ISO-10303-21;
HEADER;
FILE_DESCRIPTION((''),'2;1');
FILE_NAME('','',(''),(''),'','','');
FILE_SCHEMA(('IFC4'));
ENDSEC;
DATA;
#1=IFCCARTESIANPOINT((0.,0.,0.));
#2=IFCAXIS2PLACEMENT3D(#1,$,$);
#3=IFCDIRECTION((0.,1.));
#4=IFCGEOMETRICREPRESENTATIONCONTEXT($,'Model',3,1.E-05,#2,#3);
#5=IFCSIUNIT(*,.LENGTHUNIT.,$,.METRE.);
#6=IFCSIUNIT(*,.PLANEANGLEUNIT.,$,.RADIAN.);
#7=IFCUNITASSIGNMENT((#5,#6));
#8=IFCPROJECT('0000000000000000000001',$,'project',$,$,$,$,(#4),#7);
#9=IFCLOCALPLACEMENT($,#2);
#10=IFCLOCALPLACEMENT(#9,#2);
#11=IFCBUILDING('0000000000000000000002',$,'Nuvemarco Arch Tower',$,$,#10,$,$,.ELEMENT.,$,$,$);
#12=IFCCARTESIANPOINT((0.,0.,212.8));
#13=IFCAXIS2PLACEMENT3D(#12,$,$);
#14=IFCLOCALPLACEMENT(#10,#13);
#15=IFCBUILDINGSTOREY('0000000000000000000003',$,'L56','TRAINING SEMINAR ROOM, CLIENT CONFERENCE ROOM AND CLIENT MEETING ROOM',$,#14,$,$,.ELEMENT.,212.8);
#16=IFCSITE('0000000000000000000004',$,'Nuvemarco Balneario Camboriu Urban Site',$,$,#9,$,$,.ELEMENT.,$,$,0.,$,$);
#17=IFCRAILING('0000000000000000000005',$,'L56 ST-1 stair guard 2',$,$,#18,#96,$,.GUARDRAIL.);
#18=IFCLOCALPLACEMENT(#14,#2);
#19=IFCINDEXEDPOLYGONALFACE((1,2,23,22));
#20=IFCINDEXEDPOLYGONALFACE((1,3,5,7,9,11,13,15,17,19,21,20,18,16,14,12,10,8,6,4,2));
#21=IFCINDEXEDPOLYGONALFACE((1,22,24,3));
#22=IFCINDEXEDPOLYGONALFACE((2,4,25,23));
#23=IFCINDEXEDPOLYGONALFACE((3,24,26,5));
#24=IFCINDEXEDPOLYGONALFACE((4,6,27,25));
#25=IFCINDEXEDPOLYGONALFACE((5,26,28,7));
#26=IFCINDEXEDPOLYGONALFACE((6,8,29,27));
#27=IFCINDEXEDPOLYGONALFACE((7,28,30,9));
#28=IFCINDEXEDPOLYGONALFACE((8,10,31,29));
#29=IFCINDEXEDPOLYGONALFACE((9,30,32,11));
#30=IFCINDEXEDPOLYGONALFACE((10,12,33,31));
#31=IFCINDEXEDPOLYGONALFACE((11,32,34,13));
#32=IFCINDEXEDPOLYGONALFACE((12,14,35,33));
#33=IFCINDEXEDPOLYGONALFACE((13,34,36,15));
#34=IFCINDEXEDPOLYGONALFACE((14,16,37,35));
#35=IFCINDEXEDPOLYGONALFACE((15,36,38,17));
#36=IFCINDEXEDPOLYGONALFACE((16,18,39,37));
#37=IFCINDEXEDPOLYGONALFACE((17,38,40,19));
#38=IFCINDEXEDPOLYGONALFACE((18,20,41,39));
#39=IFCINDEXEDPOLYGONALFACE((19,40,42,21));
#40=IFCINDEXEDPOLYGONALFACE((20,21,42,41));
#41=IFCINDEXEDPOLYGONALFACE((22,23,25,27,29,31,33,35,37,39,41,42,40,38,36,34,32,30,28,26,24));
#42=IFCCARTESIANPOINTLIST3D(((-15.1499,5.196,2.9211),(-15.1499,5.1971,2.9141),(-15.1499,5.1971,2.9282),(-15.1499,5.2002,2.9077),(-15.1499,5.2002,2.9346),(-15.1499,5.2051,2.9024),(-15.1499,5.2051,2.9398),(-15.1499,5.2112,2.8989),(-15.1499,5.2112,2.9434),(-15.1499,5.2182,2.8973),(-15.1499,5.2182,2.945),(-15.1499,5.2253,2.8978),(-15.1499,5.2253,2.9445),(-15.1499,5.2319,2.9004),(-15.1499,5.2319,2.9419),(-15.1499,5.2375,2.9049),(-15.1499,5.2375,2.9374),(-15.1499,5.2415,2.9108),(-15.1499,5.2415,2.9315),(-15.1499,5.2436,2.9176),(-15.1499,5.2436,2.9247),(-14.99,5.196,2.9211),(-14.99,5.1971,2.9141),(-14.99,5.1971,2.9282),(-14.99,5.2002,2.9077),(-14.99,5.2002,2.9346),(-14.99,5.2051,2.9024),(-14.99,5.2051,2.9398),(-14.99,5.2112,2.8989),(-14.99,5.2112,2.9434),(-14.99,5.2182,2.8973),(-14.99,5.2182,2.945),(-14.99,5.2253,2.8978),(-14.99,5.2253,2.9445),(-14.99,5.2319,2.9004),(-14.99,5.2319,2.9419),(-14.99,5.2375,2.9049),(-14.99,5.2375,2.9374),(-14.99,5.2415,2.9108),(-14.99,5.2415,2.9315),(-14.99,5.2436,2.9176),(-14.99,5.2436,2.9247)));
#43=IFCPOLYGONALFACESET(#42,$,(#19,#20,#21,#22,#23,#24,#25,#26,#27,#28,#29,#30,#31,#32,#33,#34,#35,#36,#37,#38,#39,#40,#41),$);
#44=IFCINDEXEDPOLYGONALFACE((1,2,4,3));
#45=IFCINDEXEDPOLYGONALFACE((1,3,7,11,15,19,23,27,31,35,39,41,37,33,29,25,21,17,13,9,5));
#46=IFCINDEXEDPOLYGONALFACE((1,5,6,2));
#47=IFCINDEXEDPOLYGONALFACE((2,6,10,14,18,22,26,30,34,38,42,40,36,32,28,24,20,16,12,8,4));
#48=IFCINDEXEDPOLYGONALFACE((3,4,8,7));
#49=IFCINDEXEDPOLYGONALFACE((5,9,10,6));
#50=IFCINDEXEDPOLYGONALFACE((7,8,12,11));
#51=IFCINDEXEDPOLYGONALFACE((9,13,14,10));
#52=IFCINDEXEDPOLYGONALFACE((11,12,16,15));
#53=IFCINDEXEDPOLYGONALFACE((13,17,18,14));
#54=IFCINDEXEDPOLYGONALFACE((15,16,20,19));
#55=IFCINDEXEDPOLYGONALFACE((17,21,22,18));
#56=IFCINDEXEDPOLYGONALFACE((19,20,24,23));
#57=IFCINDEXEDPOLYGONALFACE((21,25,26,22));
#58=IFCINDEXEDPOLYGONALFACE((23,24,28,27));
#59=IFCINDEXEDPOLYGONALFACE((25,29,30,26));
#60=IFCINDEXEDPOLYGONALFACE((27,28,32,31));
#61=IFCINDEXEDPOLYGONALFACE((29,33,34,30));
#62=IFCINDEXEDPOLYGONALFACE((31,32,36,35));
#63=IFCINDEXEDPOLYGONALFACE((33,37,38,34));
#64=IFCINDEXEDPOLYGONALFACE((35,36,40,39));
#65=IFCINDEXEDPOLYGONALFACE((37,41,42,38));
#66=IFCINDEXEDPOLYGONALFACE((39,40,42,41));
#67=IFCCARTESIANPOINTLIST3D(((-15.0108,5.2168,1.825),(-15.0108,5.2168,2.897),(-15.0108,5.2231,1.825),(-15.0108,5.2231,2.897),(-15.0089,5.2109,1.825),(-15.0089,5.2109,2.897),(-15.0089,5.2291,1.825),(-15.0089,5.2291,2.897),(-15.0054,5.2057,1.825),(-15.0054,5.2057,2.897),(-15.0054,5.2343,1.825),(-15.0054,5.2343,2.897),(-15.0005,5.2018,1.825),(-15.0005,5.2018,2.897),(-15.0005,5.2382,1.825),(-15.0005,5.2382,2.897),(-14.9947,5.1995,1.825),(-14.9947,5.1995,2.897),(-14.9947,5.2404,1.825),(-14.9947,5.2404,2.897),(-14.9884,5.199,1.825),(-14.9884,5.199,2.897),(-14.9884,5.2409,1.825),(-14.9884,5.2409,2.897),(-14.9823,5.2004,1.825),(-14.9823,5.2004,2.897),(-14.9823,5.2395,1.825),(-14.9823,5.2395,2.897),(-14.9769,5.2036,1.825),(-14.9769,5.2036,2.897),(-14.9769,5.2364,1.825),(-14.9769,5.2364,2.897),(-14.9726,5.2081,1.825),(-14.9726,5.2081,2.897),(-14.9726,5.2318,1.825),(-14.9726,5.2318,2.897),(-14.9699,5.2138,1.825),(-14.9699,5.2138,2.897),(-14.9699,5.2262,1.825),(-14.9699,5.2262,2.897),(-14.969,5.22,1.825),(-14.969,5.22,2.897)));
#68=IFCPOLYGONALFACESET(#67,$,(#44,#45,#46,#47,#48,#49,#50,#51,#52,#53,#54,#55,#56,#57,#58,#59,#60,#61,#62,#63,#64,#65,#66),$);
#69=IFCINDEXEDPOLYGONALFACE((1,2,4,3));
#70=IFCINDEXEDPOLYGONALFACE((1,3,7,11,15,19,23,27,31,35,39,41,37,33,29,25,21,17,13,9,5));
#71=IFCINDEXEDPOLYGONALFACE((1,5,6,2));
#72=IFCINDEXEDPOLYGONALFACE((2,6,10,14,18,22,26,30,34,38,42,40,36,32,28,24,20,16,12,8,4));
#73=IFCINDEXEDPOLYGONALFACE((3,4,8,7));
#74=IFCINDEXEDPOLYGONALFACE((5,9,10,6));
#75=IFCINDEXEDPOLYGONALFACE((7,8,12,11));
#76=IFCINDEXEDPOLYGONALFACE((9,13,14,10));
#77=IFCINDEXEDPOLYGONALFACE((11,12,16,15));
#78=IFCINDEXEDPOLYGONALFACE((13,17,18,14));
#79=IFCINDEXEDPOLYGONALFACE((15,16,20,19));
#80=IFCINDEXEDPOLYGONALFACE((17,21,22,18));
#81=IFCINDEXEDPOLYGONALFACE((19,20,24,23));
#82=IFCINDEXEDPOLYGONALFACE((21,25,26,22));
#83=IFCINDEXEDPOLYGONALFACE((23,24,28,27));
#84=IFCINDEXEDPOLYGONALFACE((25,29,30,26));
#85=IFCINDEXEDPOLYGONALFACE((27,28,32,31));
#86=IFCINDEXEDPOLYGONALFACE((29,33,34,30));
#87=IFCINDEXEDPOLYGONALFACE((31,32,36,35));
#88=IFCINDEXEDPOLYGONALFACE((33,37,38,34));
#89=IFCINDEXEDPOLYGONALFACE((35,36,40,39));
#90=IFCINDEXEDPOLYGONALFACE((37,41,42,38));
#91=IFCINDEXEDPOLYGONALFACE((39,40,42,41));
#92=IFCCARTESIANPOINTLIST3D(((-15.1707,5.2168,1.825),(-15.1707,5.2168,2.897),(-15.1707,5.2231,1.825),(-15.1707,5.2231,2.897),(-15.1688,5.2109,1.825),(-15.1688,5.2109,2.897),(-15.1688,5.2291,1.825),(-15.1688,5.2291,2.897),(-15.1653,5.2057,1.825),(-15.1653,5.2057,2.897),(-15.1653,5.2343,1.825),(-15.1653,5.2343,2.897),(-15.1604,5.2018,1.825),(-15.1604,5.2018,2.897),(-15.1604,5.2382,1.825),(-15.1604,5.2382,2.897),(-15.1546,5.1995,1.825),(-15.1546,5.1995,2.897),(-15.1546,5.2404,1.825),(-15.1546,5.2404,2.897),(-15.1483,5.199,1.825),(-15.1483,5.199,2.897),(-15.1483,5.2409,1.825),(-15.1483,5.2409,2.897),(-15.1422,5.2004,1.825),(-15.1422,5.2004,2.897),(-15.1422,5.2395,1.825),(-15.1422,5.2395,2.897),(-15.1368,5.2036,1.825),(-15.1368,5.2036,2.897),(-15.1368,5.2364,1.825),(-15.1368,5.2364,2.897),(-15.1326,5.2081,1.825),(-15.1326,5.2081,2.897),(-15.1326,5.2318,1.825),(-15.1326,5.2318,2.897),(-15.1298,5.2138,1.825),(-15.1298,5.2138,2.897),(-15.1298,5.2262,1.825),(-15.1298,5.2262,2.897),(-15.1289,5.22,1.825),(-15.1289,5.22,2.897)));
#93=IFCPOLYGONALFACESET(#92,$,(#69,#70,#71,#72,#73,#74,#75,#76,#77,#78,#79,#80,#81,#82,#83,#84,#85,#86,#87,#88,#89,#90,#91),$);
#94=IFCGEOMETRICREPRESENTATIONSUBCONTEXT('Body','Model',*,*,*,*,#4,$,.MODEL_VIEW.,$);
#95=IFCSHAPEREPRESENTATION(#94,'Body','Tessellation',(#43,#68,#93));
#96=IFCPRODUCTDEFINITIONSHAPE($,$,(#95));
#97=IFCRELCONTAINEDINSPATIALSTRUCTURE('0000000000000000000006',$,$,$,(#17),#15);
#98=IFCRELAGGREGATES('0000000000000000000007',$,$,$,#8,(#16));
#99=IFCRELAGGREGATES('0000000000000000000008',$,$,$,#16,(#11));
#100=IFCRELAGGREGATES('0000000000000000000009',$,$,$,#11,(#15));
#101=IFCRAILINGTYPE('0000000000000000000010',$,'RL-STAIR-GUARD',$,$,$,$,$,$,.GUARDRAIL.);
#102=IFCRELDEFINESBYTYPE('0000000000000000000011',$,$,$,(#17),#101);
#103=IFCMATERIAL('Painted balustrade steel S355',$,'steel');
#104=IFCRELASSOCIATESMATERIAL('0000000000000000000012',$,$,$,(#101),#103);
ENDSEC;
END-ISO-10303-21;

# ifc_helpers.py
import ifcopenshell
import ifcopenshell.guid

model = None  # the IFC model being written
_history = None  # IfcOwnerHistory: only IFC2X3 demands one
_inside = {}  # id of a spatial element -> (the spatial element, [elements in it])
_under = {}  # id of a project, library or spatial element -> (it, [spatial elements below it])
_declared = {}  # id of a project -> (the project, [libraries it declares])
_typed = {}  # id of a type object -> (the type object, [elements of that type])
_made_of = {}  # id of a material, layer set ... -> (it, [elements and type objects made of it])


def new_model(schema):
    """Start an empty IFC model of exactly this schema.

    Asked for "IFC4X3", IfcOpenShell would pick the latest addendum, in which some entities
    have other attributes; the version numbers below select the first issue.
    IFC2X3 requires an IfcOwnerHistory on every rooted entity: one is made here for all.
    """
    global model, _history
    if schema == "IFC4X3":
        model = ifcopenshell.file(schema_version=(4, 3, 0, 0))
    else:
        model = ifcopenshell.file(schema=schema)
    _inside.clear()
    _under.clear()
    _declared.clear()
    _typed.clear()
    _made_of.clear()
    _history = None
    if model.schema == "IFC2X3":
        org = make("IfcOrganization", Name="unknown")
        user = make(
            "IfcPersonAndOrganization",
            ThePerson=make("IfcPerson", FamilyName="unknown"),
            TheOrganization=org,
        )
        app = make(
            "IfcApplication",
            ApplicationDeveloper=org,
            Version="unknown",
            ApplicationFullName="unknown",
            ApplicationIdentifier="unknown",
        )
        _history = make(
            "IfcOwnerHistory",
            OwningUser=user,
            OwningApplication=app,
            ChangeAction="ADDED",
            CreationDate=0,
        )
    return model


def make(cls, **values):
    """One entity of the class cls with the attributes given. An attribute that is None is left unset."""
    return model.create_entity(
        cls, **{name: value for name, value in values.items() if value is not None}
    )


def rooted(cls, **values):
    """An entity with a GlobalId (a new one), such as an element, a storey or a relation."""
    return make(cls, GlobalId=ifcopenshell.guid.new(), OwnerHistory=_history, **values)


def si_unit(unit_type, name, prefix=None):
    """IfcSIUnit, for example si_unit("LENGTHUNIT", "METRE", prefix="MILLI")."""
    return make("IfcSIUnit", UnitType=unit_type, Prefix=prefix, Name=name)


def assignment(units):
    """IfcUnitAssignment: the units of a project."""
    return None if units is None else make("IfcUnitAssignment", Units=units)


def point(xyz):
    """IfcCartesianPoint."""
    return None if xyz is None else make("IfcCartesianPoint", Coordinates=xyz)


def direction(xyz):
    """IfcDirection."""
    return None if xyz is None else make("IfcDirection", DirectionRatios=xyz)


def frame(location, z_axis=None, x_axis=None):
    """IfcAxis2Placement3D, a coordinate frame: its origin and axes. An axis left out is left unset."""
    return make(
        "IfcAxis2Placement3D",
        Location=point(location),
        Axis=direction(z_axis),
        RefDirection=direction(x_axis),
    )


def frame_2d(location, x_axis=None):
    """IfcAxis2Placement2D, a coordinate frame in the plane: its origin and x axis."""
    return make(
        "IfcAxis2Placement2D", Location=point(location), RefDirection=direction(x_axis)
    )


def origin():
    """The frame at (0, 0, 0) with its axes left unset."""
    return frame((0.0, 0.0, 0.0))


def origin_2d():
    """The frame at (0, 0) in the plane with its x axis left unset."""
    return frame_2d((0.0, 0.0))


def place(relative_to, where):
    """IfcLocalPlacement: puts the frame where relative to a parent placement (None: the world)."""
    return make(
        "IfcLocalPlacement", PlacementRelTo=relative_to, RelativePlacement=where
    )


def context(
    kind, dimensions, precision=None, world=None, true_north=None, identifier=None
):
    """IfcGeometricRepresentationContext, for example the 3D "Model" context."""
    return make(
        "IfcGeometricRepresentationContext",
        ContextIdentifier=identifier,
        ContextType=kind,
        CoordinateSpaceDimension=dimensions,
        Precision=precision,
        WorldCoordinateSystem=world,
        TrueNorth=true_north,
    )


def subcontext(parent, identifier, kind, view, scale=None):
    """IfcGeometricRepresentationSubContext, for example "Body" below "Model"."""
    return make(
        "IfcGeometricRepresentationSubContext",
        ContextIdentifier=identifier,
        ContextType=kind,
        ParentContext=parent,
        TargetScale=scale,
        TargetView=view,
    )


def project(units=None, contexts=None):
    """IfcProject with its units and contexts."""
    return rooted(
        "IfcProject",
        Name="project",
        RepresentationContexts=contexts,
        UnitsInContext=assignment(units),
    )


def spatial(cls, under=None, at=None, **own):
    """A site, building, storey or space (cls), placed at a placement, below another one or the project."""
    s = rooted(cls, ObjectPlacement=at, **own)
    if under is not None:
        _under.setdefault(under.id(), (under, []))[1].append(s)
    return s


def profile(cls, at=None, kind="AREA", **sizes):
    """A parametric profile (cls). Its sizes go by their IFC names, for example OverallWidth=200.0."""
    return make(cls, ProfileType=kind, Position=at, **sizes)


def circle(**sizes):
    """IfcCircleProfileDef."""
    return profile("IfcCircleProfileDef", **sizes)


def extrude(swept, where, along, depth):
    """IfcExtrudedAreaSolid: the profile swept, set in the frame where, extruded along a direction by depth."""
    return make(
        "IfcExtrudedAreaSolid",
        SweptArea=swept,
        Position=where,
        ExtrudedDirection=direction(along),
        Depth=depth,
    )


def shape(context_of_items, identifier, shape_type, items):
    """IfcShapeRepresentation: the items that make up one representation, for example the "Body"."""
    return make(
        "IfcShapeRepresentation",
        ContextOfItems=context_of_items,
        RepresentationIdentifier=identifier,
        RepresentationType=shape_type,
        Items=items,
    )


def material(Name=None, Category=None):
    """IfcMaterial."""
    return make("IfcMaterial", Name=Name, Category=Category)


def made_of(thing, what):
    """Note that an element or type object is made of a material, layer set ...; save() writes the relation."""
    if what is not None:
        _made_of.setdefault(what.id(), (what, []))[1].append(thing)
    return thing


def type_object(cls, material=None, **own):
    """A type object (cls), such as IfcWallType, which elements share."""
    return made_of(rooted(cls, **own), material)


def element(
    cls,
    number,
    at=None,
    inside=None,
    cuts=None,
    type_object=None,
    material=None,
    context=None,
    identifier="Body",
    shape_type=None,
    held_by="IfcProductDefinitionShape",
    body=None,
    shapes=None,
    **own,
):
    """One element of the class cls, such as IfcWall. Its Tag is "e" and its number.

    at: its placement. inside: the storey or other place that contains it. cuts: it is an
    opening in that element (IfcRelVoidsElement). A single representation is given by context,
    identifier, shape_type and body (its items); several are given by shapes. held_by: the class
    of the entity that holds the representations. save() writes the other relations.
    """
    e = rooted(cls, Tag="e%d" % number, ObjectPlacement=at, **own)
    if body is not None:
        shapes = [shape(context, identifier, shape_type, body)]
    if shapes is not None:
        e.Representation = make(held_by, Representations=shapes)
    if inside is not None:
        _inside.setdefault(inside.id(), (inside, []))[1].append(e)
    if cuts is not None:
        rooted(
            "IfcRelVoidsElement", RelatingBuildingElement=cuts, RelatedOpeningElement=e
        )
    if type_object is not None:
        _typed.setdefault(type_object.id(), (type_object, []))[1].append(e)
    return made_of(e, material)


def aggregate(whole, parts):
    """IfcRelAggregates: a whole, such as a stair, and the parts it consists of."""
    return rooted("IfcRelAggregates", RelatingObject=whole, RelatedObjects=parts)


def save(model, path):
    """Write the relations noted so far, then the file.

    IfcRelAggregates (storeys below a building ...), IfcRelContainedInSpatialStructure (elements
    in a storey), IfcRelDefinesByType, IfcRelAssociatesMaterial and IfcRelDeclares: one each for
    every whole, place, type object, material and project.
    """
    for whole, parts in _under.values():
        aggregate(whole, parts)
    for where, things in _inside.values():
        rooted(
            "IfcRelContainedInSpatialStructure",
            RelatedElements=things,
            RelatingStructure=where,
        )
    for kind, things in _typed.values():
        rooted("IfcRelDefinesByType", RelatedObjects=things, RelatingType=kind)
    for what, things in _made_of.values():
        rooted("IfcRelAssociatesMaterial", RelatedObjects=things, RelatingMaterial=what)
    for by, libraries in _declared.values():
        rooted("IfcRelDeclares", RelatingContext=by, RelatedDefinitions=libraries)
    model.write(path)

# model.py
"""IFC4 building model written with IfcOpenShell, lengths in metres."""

from ifc_helpers import new_model, si_unit, direction, frame, origin, origin_2d, place, context, subcontext, project, spatial, circle, extrude, material, type_object, element, save


model = new_model("IFC4")

# Units and contexts
model_context = context("Model", 3, precision=1e-05, world=origin(), true_north=direction((0.0, 1.0)))
body_context = subcontext(model_context, "Body", "Model", "MODEL_VIEW")
ifc_project = project(units=[si_unit("LENGTHUNIT", "METRE"), si_unit("PLANEANGLEUNIT", "RADIAN")], contexts=[model_context])

# Site, building, storey
site_placement = place(None, origin())
site = spatial("IfcSite", under=ifc_project, at=site_placement, Name="Nuvemarco Balneario Camboriu Urban Site", CompositionType="ELEMENT", RefElevation=0.0)
building_placement = place(site_placement, origin())
building = spatial("IfcBuilding", under=site, at=building_placement, Name="Nuvemarco Arch Tower", CompositionType="ELEMENT")
storey_placement = place(building_placement, frame((0.0, 0.0, 212.8)))
storey = spatial("IfcBuildingStorey", under=building, at=storey_placement, Name="L56", Description="TRAINING SEMINAR ROOM, CLIENT CONFERENCE ROOM AND CLIENT MEETING ROOM", CompositionType="ELEMENT", Elevation=212.8)

# Railing
ifc_material_1 = material(Name="Painted balustrade steel S355", Category="steel")
railing_type_1 = type_object("IfcRailingType", Name="RL-STAIR-GUARD", PredefinedType="GUARDRAIL", material=ifc_material_1)
railing_1_placement = place(storey_placement, frame((-14.99, 5.22, 1.825)))
element("IfcRailing", 1, at=railing_1_placement, inside=storey, type_object=railing_type_1, Name="L56 ST-1 stair guard 2", PredefinedType="GUARDRAIL", context=body_context, shape_type="SweptSolid", body=[
    extrude(circle(Radius=0.0239, at=origin_2d()), frame((0.0, 0.0, 1.0962), z_axis=(-1.0, 0.0, 0.0), x_axis=(0.0, -1.0, 0.0)), (0.0, 0.0, 1.0), 0.1599),
    extrude(circle(Radius=0.021, at=origin_2d()), origin(), (0.0, 0.0, 1.0), 1.072),
    extrude(circle(Radius=0.021, at=origin_2d()), frame((-0.1599, 0.0, 0.0)), (0.0, 0.0, 1.0), 1.072),
])

save(model, "model.ifc")
